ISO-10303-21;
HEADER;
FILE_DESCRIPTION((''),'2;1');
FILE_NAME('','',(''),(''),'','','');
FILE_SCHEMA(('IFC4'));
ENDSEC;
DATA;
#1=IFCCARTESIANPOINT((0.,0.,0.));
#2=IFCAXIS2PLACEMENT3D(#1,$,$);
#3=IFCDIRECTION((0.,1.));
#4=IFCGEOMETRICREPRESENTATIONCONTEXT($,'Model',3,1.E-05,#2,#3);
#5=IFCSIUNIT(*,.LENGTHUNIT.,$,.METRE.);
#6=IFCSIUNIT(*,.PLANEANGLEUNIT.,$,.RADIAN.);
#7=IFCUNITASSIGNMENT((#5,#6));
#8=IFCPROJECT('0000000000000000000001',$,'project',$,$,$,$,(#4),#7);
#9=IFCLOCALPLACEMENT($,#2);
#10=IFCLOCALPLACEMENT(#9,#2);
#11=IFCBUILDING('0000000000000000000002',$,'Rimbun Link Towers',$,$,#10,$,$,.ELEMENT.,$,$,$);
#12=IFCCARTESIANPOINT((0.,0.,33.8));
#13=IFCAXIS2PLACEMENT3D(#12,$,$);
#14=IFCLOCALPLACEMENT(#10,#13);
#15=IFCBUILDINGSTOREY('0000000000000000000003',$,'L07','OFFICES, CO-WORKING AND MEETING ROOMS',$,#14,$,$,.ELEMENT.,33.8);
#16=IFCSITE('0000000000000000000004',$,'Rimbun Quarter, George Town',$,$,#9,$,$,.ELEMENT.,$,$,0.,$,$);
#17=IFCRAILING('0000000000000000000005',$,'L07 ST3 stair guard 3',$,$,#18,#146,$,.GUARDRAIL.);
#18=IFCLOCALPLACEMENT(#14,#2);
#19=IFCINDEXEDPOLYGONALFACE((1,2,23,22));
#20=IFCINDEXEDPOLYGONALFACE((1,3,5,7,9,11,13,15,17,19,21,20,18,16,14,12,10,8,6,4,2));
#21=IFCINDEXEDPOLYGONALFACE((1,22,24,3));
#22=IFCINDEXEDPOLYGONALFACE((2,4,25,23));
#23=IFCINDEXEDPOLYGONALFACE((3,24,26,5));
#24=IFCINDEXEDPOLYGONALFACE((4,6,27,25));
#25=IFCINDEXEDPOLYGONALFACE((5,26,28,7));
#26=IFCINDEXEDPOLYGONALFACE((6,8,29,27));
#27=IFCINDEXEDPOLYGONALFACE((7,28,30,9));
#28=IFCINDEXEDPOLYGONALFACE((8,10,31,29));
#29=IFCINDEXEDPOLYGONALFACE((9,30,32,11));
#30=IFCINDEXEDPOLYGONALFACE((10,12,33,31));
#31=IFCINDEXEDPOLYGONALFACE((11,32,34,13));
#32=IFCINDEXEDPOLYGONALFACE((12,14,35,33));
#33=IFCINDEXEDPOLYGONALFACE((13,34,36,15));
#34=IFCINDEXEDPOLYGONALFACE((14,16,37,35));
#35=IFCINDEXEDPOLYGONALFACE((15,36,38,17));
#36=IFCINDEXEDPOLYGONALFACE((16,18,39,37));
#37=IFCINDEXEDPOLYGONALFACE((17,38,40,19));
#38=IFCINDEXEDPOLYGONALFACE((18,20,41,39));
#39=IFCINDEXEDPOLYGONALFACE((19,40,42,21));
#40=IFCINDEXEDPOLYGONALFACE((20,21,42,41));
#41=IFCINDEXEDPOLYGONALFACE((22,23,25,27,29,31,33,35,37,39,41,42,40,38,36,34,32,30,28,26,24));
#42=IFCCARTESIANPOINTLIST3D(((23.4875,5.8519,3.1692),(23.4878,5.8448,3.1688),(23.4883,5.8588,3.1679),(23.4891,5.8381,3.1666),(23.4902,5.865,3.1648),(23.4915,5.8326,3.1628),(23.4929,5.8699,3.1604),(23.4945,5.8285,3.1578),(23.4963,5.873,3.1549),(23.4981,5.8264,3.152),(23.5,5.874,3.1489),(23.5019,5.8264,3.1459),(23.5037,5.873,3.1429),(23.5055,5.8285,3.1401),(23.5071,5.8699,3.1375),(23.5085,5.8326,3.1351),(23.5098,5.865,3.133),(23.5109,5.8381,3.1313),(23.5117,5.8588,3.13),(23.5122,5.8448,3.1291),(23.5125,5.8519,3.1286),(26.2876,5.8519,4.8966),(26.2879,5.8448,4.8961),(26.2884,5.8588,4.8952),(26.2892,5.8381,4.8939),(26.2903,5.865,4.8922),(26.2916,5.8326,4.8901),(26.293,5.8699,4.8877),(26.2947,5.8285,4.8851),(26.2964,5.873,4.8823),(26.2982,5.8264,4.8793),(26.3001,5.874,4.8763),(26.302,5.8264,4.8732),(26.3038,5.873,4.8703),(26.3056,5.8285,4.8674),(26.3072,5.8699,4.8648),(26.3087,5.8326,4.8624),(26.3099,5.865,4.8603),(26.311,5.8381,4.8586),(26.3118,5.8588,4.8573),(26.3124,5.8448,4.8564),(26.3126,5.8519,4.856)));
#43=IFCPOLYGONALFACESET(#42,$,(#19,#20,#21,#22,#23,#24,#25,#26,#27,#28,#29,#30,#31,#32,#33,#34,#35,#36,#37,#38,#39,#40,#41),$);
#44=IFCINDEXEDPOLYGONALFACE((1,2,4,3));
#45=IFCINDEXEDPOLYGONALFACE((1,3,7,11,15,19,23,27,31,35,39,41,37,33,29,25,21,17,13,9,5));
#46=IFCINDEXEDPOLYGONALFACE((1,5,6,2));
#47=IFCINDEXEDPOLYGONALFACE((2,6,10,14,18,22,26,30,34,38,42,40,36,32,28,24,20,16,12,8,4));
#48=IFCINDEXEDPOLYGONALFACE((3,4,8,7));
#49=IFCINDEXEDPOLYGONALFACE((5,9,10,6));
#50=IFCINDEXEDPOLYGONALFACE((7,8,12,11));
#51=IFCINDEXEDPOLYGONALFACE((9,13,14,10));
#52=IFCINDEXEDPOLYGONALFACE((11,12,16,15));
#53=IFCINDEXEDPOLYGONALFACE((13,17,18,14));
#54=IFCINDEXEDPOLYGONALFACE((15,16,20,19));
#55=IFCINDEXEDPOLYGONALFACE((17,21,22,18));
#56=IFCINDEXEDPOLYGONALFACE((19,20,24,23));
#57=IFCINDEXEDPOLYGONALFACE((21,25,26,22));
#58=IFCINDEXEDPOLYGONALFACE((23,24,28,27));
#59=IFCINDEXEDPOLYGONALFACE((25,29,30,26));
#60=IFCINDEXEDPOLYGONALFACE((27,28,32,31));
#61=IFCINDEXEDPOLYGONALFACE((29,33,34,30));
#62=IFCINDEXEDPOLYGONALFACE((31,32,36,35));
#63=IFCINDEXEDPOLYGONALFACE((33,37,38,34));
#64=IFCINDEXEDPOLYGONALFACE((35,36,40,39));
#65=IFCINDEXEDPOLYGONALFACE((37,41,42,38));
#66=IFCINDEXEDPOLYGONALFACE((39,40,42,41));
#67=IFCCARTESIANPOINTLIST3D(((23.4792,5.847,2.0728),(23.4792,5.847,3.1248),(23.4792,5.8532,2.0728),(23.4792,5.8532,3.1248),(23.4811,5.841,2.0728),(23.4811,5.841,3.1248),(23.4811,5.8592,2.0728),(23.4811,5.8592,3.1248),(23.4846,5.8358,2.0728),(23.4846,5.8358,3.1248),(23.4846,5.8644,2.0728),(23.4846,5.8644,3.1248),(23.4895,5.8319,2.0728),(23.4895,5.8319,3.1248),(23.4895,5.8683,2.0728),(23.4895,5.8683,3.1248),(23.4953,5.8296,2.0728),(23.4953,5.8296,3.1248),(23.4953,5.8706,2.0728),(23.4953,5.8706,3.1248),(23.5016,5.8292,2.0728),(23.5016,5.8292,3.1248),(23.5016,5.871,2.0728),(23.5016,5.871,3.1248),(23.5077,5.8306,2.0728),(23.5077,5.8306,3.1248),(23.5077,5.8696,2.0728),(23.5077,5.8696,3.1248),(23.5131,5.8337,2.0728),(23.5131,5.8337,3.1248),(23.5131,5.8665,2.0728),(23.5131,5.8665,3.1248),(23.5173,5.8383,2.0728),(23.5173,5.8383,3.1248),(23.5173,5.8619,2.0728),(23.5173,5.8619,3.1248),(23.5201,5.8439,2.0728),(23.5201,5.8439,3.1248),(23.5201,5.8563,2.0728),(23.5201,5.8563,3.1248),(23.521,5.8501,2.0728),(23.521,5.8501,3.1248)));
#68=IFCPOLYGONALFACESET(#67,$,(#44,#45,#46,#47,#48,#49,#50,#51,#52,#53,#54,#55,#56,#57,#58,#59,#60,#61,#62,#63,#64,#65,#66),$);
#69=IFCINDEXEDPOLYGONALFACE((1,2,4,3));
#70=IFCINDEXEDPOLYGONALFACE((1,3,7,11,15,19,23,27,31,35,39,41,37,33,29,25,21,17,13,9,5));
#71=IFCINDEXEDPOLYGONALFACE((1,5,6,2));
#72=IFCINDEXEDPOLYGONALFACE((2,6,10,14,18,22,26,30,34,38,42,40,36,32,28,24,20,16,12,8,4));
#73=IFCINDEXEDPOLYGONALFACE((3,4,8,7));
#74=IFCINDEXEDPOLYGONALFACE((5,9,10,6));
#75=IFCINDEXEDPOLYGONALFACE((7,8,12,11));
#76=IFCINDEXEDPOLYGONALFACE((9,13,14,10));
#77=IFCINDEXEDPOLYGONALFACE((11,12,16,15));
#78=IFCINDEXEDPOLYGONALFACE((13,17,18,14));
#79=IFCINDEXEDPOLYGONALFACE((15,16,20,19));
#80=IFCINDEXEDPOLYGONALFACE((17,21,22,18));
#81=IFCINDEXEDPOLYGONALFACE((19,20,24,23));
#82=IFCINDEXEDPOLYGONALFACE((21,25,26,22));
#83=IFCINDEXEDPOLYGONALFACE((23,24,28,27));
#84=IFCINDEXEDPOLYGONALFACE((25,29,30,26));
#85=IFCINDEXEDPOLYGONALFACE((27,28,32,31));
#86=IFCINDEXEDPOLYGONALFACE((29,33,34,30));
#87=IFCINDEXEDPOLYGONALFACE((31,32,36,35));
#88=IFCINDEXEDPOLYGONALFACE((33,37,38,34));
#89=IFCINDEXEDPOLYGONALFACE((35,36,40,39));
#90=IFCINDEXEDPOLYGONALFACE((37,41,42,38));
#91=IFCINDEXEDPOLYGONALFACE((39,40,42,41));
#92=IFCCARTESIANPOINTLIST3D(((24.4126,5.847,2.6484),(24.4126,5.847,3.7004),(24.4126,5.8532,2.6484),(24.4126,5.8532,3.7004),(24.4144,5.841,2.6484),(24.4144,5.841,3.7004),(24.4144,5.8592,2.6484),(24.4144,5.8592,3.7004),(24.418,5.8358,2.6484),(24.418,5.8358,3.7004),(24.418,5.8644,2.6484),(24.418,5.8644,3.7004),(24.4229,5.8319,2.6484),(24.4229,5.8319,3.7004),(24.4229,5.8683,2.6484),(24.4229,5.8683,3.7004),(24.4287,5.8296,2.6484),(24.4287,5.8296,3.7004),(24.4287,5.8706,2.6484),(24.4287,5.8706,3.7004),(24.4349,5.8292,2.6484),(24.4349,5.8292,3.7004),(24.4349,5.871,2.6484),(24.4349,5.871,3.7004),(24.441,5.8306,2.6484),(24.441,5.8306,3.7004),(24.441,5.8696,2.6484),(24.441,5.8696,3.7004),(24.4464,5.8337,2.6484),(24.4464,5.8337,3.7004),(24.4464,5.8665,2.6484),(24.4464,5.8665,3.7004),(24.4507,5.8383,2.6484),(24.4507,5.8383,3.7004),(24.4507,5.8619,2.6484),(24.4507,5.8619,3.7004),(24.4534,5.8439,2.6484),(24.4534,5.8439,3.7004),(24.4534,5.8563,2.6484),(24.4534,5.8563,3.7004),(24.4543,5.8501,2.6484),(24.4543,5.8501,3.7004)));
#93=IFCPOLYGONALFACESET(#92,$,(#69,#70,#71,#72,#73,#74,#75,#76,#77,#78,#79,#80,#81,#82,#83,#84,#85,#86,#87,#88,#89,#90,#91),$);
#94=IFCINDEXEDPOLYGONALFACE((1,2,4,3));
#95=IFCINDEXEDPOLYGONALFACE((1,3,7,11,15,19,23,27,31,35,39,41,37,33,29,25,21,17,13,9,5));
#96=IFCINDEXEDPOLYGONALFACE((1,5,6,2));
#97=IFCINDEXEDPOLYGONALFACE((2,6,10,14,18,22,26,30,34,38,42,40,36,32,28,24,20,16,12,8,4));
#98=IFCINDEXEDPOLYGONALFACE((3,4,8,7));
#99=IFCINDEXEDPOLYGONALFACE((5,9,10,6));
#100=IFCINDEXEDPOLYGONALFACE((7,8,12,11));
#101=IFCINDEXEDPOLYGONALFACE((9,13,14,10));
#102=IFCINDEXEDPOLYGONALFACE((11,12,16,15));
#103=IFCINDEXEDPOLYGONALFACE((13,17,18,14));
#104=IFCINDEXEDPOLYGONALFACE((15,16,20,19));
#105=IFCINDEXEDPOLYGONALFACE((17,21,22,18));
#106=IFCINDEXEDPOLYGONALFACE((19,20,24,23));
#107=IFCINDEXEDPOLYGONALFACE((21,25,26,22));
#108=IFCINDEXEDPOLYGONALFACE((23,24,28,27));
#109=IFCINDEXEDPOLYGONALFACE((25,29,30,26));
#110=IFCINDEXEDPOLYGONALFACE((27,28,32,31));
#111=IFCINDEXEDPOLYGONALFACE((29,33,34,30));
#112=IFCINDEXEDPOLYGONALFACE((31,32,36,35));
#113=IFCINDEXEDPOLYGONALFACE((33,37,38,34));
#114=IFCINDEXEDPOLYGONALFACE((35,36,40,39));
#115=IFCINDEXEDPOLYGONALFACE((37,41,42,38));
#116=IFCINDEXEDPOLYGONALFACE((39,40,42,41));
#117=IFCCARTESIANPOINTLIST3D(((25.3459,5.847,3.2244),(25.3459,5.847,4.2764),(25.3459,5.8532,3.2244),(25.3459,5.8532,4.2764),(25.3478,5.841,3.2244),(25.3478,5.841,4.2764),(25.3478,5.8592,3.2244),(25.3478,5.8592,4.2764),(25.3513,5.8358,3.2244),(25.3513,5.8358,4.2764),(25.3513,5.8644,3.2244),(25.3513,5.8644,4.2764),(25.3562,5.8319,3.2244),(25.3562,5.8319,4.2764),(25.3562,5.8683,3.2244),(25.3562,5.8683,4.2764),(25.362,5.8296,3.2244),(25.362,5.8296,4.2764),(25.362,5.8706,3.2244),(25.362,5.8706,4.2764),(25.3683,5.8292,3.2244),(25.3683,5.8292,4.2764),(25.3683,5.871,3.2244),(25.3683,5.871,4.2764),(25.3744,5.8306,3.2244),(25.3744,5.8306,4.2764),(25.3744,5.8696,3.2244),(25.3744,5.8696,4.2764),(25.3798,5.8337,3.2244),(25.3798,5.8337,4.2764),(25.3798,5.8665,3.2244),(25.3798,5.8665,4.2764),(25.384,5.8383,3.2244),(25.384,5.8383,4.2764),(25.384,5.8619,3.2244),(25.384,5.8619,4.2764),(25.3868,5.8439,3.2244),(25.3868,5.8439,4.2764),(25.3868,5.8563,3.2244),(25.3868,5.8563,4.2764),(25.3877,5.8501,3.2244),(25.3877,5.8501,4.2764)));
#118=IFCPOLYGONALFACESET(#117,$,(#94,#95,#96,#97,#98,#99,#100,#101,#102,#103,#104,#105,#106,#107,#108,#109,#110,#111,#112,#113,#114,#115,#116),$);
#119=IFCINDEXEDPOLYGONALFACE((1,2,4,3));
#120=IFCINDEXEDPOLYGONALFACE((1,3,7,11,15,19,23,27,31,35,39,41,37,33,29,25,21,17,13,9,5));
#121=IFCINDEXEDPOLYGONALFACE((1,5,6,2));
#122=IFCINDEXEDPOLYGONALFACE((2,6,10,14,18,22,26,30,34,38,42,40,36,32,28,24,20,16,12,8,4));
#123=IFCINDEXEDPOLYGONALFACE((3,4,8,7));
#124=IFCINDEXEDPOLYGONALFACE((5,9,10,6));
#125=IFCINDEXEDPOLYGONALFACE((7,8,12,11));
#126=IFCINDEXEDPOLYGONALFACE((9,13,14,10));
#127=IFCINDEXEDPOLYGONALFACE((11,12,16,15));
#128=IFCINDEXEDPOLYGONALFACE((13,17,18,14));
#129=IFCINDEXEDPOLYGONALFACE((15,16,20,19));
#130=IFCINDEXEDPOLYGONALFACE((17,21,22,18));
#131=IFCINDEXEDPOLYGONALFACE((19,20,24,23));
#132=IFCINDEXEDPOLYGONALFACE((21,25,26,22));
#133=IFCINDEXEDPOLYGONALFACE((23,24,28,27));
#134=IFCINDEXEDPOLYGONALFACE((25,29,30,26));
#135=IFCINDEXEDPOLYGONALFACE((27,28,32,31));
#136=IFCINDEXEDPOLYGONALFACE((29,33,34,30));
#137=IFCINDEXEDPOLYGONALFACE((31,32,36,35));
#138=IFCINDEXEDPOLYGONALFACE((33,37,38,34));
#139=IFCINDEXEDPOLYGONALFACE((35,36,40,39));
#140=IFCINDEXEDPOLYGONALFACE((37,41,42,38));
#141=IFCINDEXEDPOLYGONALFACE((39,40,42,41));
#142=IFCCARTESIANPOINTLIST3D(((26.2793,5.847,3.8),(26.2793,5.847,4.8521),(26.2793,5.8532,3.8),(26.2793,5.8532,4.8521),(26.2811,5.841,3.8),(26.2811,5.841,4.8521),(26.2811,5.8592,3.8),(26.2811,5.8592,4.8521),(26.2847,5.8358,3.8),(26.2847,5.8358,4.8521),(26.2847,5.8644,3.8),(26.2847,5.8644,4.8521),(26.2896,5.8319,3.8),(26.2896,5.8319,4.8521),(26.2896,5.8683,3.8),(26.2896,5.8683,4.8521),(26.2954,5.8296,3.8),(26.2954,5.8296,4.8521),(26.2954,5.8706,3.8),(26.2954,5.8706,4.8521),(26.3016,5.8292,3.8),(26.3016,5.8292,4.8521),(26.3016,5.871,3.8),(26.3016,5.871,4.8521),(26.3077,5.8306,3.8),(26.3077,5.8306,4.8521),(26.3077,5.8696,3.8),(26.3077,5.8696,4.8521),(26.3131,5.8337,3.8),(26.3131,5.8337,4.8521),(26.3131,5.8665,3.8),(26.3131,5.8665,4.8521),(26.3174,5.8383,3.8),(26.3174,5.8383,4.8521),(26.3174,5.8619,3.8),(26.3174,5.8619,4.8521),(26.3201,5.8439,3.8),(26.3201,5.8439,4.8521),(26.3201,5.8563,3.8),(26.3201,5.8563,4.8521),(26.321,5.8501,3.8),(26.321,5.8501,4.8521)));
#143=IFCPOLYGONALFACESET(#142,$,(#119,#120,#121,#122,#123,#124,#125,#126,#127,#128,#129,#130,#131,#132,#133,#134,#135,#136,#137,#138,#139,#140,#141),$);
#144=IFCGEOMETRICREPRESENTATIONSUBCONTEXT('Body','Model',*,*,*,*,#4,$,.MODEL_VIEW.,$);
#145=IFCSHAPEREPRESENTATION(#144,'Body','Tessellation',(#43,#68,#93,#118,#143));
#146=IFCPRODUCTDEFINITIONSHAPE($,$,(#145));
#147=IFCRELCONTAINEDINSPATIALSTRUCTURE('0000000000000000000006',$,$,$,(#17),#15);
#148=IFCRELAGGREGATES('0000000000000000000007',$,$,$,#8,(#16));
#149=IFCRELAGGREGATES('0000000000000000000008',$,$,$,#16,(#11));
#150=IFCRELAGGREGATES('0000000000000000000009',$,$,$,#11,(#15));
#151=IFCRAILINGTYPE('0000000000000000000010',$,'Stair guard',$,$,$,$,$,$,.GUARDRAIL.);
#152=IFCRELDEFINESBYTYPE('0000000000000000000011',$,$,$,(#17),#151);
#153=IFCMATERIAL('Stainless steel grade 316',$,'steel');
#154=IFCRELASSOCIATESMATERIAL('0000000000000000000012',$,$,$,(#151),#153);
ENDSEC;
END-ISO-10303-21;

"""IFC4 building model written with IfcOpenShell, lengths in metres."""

from ifc_helpers import new_model, si_unit, direction, frame, origin, origin_2d, place, context, subcontext, project, spatial, circle, extrude, material, type_object, element, save


model = new_model("IFC4")

# Units and contexts
model_context = context("Model", 3, precision=1e-05, world=origin(), true_north=direction((0.0, 1.0)))
body_context = subcontext(model_context, "Body", "Model", "MODEL_VIEW")
ifc_project = project(units=[si_unit("LENGTHUNIT", "METRE"), si_unit("PLANEANGLEUNIT", "RADIAN")], contexts=[model_context])

# Site, building, storey
site_placement = place(None, origin())
site = spatial("IfcSite", under=ifc_project, at=site_placement, Name="Rimbun Quarter, George Town", CompositionType="ELEMENT", RefElevation=0.0)
building_placement = place(site_placement, origin())
building = spatial("IfcBuilding", under=site, at=building_placement, Name="Rimbun Link Towers", CompositionType="ELEMENT")
storey_placement = place(building_placement, frame((0.0, 0.0, 33.8)))
storey = spatial("IfcBuildingStorey", under=building, at=storey_placement, Name="L07", Description="OFFICES, CO-WORKING AND MEETING ROOMS", CompositionType="ELEMENT", Elevation=33.8)

# Railing
ifc_material_1 = material(Name="Stainless steel grade 316", Category="steel")
railing_type_1 = type_object("IfcRailingType", Name="Stair guard", PredefinedType="GUARDRAIL", material=ifc_material_1)
railing_1_placement = place(storey_placement, frame((23.5, 5.8501, 2.0728)))
element("IfcRailing", 1, at=railing_1_placement, inside=storey, type_object=railing_type_1, Name="L07 ST3 stair guard 3", PredefinedType="GUARDRAIL", context=body_context, shape_type="SweptSolid", body=[
    extrude(circle(Radius=0.0239, at=origin_2d()), frame((0.0, 0.0, 1.0762), z_axis=(0.85109, 0.0, 0.52502), x_axis=(0.0, 1.0, 0.0)), (0.0, 0.0, 1.0), 3.29),
    extrude(circle(Radius=0.021, at=origin_2d()), origin(), (0.0, 0.0, 1.0), 1.052),
    extrude(circle(Radius=0.021, at=origin_2d()), frame((0.9333, 0.0, 0.5757)), (0.0, 0.0, 1.0), 1.052),
    extrude(circle(Radius=0.021, at=origin_2d()), frame((1.8667, 0.0, 1.1516)), (0.0, 0.0, 1.0), 1.052),
    extrude(circle(Radius=0.021, at=origin_2d()), frame((2.8, 0.0, 1.7273)), (0.0, 0.0, 1.0), 1.052),
])

save(model, "model.ifc")
